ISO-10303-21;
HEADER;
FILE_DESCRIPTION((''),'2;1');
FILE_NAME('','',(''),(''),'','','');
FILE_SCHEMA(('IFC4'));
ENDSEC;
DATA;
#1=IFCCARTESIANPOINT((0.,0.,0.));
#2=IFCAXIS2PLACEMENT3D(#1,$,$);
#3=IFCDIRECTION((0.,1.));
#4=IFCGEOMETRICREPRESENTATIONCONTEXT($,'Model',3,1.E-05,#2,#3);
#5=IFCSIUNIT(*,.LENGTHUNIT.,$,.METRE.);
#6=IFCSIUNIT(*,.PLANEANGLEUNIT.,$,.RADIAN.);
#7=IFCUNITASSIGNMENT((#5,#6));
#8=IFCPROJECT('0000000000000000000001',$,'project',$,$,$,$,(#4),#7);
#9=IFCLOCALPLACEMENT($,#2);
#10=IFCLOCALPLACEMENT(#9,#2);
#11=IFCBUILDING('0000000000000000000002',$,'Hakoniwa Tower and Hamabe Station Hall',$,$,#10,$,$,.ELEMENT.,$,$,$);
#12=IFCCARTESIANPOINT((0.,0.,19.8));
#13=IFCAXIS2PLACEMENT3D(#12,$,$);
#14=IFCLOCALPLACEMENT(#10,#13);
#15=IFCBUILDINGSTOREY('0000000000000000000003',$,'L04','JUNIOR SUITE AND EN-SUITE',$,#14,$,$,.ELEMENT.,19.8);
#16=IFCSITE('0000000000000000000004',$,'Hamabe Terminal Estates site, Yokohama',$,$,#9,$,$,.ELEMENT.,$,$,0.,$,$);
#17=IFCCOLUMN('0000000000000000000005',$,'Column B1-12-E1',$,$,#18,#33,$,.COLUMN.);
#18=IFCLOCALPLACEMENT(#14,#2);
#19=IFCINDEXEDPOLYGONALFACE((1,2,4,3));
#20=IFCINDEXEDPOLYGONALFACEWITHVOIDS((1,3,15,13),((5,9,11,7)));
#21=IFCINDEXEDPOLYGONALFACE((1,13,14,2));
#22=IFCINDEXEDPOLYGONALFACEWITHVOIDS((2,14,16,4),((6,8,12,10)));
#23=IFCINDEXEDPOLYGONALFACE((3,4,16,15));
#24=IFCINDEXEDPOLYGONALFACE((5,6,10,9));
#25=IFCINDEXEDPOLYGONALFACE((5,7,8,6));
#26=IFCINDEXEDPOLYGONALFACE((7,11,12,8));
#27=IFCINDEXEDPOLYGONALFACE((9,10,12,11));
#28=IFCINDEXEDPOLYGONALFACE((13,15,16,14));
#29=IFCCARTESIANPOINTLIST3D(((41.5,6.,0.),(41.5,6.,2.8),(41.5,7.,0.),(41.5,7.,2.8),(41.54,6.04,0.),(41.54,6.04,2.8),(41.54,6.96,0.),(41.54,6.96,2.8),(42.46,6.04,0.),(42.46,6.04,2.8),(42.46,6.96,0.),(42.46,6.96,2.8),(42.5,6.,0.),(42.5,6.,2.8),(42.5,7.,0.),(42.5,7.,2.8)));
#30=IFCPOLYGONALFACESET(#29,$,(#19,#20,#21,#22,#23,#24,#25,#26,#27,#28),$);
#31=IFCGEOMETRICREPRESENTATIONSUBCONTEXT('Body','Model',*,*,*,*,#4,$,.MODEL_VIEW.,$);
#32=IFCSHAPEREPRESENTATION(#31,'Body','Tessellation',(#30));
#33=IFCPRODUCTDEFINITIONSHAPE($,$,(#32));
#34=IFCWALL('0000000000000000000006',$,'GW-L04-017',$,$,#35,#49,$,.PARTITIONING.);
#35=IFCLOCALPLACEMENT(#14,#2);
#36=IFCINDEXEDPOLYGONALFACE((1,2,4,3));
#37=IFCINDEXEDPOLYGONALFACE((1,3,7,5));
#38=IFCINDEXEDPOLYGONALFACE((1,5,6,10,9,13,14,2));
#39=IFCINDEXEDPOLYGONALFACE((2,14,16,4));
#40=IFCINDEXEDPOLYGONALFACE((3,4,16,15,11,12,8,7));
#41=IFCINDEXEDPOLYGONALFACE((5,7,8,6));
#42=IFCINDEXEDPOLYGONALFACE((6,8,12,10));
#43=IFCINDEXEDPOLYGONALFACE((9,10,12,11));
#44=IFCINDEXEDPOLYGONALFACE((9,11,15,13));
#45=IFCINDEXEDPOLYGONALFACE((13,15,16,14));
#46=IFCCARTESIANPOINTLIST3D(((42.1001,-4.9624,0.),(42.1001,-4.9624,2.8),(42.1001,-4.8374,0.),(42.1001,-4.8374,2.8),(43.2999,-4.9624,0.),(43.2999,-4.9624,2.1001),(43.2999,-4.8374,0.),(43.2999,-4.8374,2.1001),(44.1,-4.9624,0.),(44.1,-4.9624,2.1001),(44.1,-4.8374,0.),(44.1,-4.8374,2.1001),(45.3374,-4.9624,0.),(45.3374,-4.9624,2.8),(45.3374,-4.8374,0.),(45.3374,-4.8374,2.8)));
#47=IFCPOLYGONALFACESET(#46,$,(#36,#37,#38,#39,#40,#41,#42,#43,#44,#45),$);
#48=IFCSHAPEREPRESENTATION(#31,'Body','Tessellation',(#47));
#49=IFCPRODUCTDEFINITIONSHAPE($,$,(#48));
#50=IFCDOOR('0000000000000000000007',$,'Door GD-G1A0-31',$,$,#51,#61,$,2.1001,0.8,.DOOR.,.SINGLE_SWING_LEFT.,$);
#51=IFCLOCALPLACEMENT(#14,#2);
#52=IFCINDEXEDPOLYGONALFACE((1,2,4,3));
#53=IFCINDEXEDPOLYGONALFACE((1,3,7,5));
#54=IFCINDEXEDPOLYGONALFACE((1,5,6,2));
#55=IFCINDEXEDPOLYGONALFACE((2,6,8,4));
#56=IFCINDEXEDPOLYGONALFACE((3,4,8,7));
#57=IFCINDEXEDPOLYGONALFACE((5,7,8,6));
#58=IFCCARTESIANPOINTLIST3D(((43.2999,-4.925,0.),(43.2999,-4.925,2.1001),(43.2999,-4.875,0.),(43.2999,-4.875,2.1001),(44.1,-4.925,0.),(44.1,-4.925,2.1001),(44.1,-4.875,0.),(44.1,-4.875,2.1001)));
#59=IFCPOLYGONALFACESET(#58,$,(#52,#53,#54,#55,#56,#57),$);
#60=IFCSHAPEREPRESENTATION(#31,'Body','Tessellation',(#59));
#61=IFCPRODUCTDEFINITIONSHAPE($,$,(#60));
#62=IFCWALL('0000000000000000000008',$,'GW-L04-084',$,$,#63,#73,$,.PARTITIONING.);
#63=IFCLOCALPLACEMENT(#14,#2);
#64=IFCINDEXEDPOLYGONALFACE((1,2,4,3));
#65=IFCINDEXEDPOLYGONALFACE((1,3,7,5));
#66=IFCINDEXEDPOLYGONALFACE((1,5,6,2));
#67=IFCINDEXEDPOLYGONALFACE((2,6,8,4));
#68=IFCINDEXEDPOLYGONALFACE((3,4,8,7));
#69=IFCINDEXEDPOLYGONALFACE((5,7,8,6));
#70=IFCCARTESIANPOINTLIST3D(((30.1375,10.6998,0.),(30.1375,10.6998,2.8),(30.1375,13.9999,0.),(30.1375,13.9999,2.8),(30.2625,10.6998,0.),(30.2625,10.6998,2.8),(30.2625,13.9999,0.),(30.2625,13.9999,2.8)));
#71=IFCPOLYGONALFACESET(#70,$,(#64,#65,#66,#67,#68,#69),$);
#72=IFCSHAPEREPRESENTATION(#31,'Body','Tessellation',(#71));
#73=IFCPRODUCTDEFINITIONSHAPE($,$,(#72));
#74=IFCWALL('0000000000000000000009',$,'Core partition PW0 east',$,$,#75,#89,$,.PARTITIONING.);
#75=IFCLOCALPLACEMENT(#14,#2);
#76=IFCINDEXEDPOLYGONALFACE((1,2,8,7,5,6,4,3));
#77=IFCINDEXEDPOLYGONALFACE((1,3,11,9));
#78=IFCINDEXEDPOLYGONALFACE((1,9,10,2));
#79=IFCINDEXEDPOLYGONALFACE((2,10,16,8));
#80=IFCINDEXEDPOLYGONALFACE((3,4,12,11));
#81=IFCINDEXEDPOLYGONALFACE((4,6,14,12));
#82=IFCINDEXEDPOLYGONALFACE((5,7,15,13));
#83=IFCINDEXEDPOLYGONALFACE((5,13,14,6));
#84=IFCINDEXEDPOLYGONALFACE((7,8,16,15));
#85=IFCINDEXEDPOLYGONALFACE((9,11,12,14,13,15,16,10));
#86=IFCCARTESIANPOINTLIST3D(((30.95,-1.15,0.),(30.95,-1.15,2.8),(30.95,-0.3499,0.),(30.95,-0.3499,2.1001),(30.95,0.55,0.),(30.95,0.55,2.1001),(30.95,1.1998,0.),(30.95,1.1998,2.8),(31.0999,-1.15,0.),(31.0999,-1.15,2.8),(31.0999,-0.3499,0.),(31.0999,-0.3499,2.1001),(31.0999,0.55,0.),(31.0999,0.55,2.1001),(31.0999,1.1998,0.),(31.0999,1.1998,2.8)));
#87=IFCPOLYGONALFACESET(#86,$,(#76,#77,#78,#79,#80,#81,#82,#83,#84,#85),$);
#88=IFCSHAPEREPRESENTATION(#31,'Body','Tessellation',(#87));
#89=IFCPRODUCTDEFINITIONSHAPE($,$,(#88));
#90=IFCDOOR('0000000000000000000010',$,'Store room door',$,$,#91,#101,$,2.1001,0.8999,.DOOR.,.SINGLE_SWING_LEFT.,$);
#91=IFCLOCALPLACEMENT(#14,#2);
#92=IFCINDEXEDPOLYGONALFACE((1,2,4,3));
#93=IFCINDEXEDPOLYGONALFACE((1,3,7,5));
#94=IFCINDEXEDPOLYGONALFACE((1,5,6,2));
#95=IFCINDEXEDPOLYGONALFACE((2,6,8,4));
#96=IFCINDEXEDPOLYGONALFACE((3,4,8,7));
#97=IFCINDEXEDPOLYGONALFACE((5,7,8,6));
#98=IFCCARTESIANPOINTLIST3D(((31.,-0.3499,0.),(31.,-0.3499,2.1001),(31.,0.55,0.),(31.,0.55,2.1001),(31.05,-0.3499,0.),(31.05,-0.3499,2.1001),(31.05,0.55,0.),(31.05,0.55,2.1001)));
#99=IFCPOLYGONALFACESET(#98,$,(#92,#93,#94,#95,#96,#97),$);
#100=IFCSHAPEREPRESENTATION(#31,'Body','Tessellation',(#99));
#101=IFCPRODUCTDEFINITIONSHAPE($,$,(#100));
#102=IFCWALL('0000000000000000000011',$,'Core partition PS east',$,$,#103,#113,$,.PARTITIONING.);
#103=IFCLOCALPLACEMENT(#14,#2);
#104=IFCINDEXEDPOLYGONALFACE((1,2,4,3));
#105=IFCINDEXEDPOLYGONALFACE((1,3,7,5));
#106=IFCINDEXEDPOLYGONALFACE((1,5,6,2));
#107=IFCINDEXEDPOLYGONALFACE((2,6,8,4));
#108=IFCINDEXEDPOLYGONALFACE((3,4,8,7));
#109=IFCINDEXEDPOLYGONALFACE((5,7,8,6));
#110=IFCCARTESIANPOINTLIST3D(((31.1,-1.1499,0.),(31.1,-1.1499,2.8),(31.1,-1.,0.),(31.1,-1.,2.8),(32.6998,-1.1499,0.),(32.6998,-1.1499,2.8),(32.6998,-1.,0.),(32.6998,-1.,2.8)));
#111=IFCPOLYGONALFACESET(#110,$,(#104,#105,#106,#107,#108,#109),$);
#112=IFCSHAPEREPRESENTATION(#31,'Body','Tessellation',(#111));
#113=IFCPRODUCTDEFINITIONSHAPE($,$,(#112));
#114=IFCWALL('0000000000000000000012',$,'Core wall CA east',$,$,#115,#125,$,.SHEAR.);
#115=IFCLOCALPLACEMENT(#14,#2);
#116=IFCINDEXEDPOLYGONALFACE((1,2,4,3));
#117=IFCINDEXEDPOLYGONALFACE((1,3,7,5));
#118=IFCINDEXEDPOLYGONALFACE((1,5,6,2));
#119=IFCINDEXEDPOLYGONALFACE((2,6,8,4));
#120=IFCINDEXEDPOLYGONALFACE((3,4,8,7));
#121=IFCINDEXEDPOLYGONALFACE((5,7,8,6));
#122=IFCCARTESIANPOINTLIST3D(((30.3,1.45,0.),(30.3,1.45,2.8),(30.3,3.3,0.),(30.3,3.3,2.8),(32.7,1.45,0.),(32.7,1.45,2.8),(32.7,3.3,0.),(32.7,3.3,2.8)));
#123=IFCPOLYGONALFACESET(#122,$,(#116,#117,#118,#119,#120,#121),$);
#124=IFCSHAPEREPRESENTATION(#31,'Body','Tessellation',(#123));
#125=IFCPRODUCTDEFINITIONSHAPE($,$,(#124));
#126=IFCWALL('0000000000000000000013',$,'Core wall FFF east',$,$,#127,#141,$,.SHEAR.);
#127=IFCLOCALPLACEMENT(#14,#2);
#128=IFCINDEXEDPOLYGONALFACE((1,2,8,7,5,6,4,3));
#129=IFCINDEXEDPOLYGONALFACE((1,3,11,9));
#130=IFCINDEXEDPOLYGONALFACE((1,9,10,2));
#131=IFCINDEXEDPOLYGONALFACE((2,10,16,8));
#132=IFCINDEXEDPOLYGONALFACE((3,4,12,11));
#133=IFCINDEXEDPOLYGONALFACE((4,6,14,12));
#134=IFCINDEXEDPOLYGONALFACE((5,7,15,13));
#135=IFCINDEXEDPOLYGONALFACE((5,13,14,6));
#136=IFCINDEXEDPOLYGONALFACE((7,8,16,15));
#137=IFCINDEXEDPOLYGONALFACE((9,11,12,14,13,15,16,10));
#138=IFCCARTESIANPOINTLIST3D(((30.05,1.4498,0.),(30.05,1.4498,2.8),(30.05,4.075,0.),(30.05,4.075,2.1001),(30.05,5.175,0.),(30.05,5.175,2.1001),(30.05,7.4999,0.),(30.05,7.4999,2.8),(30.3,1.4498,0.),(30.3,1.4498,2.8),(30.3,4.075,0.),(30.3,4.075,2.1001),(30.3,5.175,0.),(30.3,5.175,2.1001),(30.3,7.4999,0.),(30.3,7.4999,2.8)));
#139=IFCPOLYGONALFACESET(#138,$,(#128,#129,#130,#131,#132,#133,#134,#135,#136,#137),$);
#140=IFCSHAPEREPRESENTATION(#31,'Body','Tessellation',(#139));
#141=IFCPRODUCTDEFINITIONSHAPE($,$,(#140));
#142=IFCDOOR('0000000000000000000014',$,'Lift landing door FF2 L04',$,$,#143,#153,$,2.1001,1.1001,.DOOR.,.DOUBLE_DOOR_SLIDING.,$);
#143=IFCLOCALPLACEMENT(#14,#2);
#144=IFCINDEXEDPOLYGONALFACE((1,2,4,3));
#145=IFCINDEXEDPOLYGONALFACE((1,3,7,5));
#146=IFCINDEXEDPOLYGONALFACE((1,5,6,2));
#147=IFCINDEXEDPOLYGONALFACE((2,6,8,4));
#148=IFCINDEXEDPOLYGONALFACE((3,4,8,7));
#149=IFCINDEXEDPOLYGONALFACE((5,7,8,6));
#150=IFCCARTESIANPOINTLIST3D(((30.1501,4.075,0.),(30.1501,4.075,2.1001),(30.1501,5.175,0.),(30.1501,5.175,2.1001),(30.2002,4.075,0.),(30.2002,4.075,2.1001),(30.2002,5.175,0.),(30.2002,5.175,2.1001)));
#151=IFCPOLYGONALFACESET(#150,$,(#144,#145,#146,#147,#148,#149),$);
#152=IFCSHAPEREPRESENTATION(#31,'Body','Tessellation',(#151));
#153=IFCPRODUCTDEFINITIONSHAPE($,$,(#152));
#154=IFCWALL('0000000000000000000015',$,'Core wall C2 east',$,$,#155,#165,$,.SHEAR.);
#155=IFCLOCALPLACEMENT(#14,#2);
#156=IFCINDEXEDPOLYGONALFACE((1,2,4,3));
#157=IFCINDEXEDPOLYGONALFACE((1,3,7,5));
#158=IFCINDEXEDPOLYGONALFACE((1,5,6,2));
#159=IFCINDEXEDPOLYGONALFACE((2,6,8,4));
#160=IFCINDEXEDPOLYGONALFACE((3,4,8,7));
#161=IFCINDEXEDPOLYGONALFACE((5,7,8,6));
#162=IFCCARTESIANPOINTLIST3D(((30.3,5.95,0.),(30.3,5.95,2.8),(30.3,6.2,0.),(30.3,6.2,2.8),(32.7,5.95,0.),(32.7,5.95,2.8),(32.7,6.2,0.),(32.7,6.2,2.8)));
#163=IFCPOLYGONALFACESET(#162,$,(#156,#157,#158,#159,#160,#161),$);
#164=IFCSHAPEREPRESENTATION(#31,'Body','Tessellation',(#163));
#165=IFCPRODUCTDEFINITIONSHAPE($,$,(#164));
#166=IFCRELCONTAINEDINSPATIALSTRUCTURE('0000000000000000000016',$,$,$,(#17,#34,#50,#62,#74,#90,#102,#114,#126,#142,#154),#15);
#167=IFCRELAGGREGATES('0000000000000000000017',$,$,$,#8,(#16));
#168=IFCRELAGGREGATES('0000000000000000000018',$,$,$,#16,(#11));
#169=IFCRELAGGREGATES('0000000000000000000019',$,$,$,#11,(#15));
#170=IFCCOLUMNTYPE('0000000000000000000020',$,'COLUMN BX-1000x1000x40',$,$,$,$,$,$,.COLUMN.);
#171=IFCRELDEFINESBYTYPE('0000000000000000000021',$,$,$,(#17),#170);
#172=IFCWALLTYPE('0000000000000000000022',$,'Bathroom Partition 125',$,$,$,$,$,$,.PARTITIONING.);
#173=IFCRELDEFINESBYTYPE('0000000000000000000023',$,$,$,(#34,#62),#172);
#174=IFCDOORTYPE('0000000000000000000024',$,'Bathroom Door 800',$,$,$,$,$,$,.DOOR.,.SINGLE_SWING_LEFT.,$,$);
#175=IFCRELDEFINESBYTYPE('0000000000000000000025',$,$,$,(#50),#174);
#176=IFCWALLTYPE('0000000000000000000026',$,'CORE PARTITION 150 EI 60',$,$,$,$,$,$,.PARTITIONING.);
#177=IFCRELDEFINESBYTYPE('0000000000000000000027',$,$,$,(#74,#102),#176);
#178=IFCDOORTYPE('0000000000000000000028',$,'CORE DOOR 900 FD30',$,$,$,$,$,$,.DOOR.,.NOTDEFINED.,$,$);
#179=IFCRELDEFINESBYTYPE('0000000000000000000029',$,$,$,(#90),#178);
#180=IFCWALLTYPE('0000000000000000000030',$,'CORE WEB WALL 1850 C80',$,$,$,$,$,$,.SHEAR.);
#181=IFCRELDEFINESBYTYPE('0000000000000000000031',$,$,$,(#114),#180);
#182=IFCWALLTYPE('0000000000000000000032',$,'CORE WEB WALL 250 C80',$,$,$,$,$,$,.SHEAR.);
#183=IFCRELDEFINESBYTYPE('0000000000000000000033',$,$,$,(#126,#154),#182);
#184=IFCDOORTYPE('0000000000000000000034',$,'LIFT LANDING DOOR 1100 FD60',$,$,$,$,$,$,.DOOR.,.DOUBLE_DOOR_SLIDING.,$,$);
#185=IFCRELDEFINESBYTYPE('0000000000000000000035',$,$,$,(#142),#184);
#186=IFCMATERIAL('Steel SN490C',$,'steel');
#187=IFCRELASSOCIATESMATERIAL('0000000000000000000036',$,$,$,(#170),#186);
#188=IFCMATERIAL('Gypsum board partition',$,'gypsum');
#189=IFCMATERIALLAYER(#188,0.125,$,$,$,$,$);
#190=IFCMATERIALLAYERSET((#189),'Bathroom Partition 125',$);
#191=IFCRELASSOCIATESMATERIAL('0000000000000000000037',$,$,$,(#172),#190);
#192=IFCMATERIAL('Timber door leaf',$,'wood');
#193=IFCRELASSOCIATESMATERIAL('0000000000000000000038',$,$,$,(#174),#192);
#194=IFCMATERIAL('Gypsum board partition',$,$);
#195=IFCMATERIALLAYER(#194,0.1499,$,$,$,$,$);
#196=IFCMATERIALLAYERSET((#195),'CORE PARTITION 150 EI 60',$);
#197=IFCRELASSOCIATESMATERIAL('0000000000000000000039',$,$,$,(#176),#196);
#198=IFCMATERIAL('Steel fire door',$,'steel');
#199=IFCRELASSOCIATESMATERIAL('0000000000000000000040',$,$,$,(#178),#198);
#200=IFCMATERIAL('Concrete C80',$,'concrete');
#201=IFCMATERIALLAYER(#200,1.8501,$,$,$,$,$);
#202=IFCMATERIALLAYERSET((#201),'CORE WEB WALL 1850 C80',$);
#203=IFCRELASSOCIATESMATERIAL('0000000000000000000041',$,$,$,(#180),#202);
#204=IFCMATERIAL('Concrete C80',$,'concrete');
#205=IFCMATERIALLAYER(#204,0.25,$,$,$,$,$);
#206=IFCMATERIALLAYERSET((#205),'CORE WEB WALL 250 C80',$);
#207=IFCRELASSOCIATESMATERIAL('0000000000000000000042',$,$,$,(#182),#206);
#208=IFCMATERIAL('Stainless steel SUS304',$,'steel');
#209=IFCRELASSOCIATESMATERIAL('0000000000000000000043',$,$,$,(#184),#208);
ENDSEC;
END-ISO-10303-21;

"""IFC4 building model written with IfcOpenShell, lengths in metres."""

from ifc_helpers import new_model, si_unit, direction, frame, frame_2d, origin, origin_2d, place, context, subcontext, project, spatial, rectangle, hollow_rectangle, extrude, material, layer, layer_set, material_profile, profile_set, type_object, element, fill, save


model = new_model("IFC4")

# Units and contexts
model_context = context("Model", 3, precision=1e-05, world=origin(), true_north=direction((0.0, 1.0)))
body_context = subcontext(model_context, "Body", "Model", "MODEL_VIEW")
ifc_project = project(units=[si_unit("LENGTHUNIT", "METRE"), si_unit("PLANEANGLEUNIT", "RADIAN")], contexts=[model_context])

# Site, building, storey
site_placement = place(None, origin())
site = spatial("IfcSite", under=ifc_project, at=site_placement, Name="Hamabe Terminal Estates site, Yokohama", CompositionType="ELEMENT", RefElevation=0.0)
building_placement = place(site_placement, origin())
building = spatial("IfcBuilding", under=site, at=building_placement, Name="Hakoniwa Tower and Hamabe Station Hall", CompositionType="ELEMENT")
storey_placement = place(building_placement, frame((0.0, 0.0, 19.8)))
storey = spatial("IfcBuildingStorey", under=building, at=storey_placement, Name="L04", Description="JUNIOR SUITE AND EN-SUITE", CompositionType="ELEMENT", Elevation=19.8)

# Column
ifc_material_1 = material(Name="Steel SN490C", Category="steel")
ifc_material_profile = material_profile(ifc_material_1, hollow_rectangle(XDim=1.0, YDim=1.0, WallThickness=0.04, at=origin_2d()), Name="BX-1000x1000x40")
ifc_profile_set = profile_set([ifc_material_profile], Name="Steel SN490C")
column_type = type_object("IfcColumnType", Name="COLUMN BX-1000x1000x40", PredefinedType="COLUMN", material=ifc_profile_set)
column_placement = place(storey_placement, frame((42.0, 6.5, 0.0), z_axis=(0.0, 0.0, 1.0), x_axis=(1.0, 0.0, 0.0)))
element("IfcColumn", 1, at=column_placement, inside=storey, type_object=column_type, Name="Column B1-12-E1", PredefinedType="COLUMN", context=body_context, shape_type="SweptSolid", body=[
    extrude(hollow_rectangle(XDim=1.0, YDim=1.0, WallThickness=0.04, at=origin_2d()), origin(), (0.0, 0.0, 1.0), 2.8),
])

# Wall, opening, door
ifc_material_2 = material(Name="Gypsum board partition", Category="gypsum")
ifc_layer_1 = layer(ifc_material_2, 0.125)
ifc_layer_set_1 = layer_set([ifc_layer_1], Name="Bathroom Partition 125")
wall_type_1 = type_object("IfcWallType", Name="Bathroom Partition 125", PredefinedType="PARTITIONING", material=ifc_layer_set_1)
wall_1_placement = place(storey_placement, frame((42.1001, -4.8999, 0.0), z_axis=(0.0, 0.0, 1.0), x_axis=(1.0, 0.0, 0.0)))
wall_1 = element("IfcWall", 2, at=wall_1_placement, inside=storey, type_object=wall_type_1, Name="GW-L04-017", PredefinedType="PARTITIONING", context=body_context, shape_type="SweptSolid", body=[
    extrude(rectangle(XDim=3.2373, YDim=0.125, at=frame_2d((1.6187, 0.0))), origin(), (0.0, 0.0, 1.0), 2.8),
])
opening_1_placement = place(wall_1_placement, frame((1.2, 0.0, 0.0)))
opening_1 = element("IfcOpeningElement", 3, at=opening_1_placement, cuts=wall_1, PredefinedType="OPENING", context=body_context, shape_type="SweptSolid", body=[
    extrude(rectangle(XDim=0.8, YDim=2.1001, at=frame_2d((0.3999, 1.05))), frame((0.0, 0.0725, 0.0), z_axis=(0.0, -1.0, 0.0), x_axis=(1.0, 0.0, 0.0)), (0.0, 0.0, 1.0), 0.145),
])
ifc_material_3 = material(Name="Timber door leaf", Category="wood")
door_type_1 = type_object("IfcDoorType", Name="Bathroom Door 800", OperationType="SINGLE_SWING_LEFT", PredefinedType="DOOR", material=ifc_material_3)
door_1_placement = place(opening_1_placement, origin())
door_1 = element("IfcDoor", 4, at=door_1_placement, inside=storey, type_object=door_type_1, Name="Door GD-G1A0-31", OperationType="SINGLE_SWING_LEFT", OverallHeight=2.1001, OverallWidth=0.8, PredefinedType="DOOR", context=body_context, shape_type="SweptSolid", body=[
    extrude(rectangle(XDim=0.8, YDim=2.1001, at=frame_2d((0.3999, 1.05))), frame((0.0, 0.0249, 0.0), z_axis=(0.0, -1.0, 0.0), x_axis=(1.0, 0.0, 0.0)), (0.0, 0.0, 1.0), 0.05),
])
fill(opening_1, door_1)

# Wall
wall_2_placement = place(storey_placement, frame((30.2, 10.7, 0.0), z_axis=(0.0, 0.0, 1.0), x_axis=(0.0, 1.0, 0.0)))
element("IfcWall", 5, at=wall_2_placement, inside=storey, type_object=wall_type_1, Name="GW-L04-084", PredefinedType="PARTITIONING", context=body_context, shape_type="SweptSolid", body=[
    extrude(rectangle(XDim=3.3, YDim=0.125, at=frame_2d((1.6499, 0.0))), origin(), (0.0, 0.0, 1.0), 2.8),
])

# Wall, opening, door
ifc_material_4 = material(Name="Gypsum board partition")
ifc_layer_2 = layer(ifc_material_4, 0.1499)
ifc_layer_set_2 = layer_set([ifc_layer_2], Name="CORE PARTITION 150 EI 60")
wall_type_2 = type_object("IfcWallType", Name="CORE PARTITION 150 EI 60", PredefinedType="PARTITIONING", material=ifc_layer_set_2)
wall_3_placement = place(storey_placement, frame((31.0249, -1.1499, 0.0), z_axis=(0.0, 0.0, 1.0), x_axis=(0.0, 1.0, 0.0)))
wall_3 = element("IfcWall", 6, at=wall_3_placement, inside=storey, type_object=wall_type_2, Name="Core partition PW0 east", PredefinedType="PARTITIONING", context=body_context, shape_type="SweptSolid", body=[
    extrude(rectangle(XDim=2.3499, YDim=0.1499, at=frame_2d((1.1748, 0.0))), origin(), (0.0, 0.0, 1.0), 2.8),
])
opening_2_placement = place(wall_3_placement, frame((0.8, 0.0, 0.0)))
opening_2 = element("IfcOpeningElement", 7, at=opening_2_placement, cuts=wall_3, PredefinedType="OPENING", context=body_context, shape_type="SweptSolid", body=[
    extrude(rectangle(XDim=0.8999, YDim=2.1001, at=frame_2d((0.45, 1.05))), frame((0.0, 0.085, 0.0), z_axis=(0.0, -1.0, 0.0), x_axis=(1.0, 0.0, 0.0)), (0.0, 0.0, 1.0), 0.1699),
])
ifc_material_5 = material(Name="Steel fire door", Category="steel")
door_type_2 = type_object("IfcDoorType", Name="CORE DOOR 900 FD30", OperationType="NOTDEFINED", PredefinedType="DOOR", material=ifc_material_5)
door_2_placement = place(opening_2_placement, origin())
door_2 = element("IfcDoor", 8, at=door_2_placement, inside=storey, type_object=door_type_2, Name="Store room door", OperationType="SINGLE_SWING_LEFT", OverallHeight=2.1001, OverallWidth=0.8999, PredefinedType="DOOR", context=body_context, shape_type="SweptSolid", body=[
    extrude(rectangle(XDim=0.8999, YDim=2.1001, at=frame_2d((0.45, 1.05))), frame((0.0, 0.0249, 0.0), z_axis=(0.0, -1.0, 0.0), x_axis=(1.0, 0.0, 0.0)), (0.0, 0.0, 1.0), 0.05),
])
fill(opening_2, door_2)

# Walls
wall_4_placement = place(storey_placement, frame((31.1001, -1.075, 0.0), z_axis=(0.0, 0.0, 1.0), x_axis=(1.0, 0.0, 0.0)))
element("IfcWall", 9, at=wall_4_placement, inside=storey, type_object=wall_type_2, Name="Core partition PS east", PredefinedType="PARTITIONING", context=body_context, shape_type="SweptSolid", body=[
    extrude(rectangle(XDim=1.5999, YDim=0.1499, at=frame_2d((0.7998, 0.0))), origin(), (0.0, 0.0, 1.0), 2.8),
])
ifc_material_6 = material(Name="Concrete C80", Category="concrete")
ifc_layer_3 = layer(ifc_material_6, 1.8501)
ifc_layer_set_3 = layer_set([ifc_layer_3], Name="CORE WEB WALL 1850 C80")
wall_type_3 = type_object("IfcWallType", Name="CORE WEB WALL 1850 C80", PredefinedType="SHEAR", material=ifc_layer_set_3)
wall_5_placement = place(storey_placement, frame((30.3, 2.375, 0.0), z_axis=(0.0, 0.0, 1.0), x_axis=(1.0, 0.0, 0.0)))
element("IfcWall", 10, at=wall_5_placement, inside=storey, type_object=wall_type_3, Name="Core wall CA east", PredefinedType="SHEAR", context=body_context, shape_type="SweptSolid", body=[
    extrude(rectangle(XDim=2.3999, YDim=1.8501, at=frame_2d((1.2, 0.0))), origin(), (0.0, 0.0, 1.0), 2.8),
])

# Wall, opening, door
ifc_material_7 = material(Name="Concrete C80", Category="concrete")
ifc_layer_4 = layer(ifc_material_7, 0.25)
ifc_layer_set_4 = layer_set([ifc_layer_4], Name="CORE WEB WALL 250 C80")
wall_type_4 = type_object("IfcWallType", Name="CORE WEB WALL 250 C80", PredefinedType="SHEAR", material=ifc_layer_set_4)
wall_6_placement = place(storey_placement, frame((30.175, 1.45, 0.0), z_axis=(0.0, 0.0, 1.0), x_axis=(0.0, 1.0, 0.0)))
wall_6 = element("IfcWall", 11, at=wall_6_placement, inside=storey, type_object=wall_type_4, Name="Core wall FFF east", PredefinedType="SHEAR", context=body_context, shape_type="SweptSolid", body=[
    extrude(rectangle(XDim=6.05, YDim=0.25, at=frame_2d((3.0249, 0.0))), origin(), (0.0, 0.0, 1.0), 2.8),
])
opening_3_placement = place(wall_6_placement, frame((2.625, 0.0, 0.0)))
opening_3 = element("IfcOpeningElement", 12, at=opening_3_placement, cuts=wall_6, PredefinedType="OPENING", context=body_context, shape_type="SweptSolid", body=[
    extrude(rectangle(XDim=1.1001, YDim=2.1001, at=frame_2d((0.55, 1.05))), frame((0.0, 0.135, 0.0), z_axis=(0.0, -1.0, 0.0), x_axis=(1.0, 0.0, 0.0)), (0.0, 0.0, 1.0), 0.27),
])
ifc_material_8 = material(Name="Stainless steel SUS304", Category="steel")
door_type_3 = type_object("IfcDoorType", Name="LIFT LANDING DOOR 1100 FD60", OperationType="DOUBLE_DOOR_SLIDING", PredefinedType="DOOR", material=ifc_material_8)
door_3_placement = place(opening_3_placement, origin())
door_3 = element("IfcDoor", 13, at=door_3_placement, inside=storey, type_object=door_type_3, Name="Lift landing door FF2 L04", OperationType="DOUBLE_DOOR_SLIDING", OverallHeight=2.1001, OverallWidth=1.1001, PredefinedType="DOOR", context=body_context, shape_type="SweptSolid", body=[
    extrude(rectangle(XDim=1.1001, YDim=2.1001, at=frame_2d((0.55, 1.05))), frame((0.0, 0.0249, 0.0), z_axis=(0.0, -1.0, 0.0), x_axis=(1.0, 0.0, 0.0)), (0.0, 0.0, 1.0), 0.05),
])
fill(opening_3, door_3)

# Wall
wall_7_placement = place(storey_placement, frame((30.3, 6.075, 0.0), z_axis=(0.0, 0.0, 1.0), x_axis=(1.0, 0.0, 0.0)))
element("IfcWall", 14, at=wall_7_placement, inside=storey, type_object=wall_type_4, Name="Core wall C2 east", PredefinedType="SHEAR", context=body_context, shape_type="SweptSolid", body=[
    extrude(rectangle(XDim=2.3999, YDim=0.25, at=frame_2d((1.2, 0.0))), origin(), (0.0, 0.0, 1.0), 2.8),
])

save(model, "model.ifc")
